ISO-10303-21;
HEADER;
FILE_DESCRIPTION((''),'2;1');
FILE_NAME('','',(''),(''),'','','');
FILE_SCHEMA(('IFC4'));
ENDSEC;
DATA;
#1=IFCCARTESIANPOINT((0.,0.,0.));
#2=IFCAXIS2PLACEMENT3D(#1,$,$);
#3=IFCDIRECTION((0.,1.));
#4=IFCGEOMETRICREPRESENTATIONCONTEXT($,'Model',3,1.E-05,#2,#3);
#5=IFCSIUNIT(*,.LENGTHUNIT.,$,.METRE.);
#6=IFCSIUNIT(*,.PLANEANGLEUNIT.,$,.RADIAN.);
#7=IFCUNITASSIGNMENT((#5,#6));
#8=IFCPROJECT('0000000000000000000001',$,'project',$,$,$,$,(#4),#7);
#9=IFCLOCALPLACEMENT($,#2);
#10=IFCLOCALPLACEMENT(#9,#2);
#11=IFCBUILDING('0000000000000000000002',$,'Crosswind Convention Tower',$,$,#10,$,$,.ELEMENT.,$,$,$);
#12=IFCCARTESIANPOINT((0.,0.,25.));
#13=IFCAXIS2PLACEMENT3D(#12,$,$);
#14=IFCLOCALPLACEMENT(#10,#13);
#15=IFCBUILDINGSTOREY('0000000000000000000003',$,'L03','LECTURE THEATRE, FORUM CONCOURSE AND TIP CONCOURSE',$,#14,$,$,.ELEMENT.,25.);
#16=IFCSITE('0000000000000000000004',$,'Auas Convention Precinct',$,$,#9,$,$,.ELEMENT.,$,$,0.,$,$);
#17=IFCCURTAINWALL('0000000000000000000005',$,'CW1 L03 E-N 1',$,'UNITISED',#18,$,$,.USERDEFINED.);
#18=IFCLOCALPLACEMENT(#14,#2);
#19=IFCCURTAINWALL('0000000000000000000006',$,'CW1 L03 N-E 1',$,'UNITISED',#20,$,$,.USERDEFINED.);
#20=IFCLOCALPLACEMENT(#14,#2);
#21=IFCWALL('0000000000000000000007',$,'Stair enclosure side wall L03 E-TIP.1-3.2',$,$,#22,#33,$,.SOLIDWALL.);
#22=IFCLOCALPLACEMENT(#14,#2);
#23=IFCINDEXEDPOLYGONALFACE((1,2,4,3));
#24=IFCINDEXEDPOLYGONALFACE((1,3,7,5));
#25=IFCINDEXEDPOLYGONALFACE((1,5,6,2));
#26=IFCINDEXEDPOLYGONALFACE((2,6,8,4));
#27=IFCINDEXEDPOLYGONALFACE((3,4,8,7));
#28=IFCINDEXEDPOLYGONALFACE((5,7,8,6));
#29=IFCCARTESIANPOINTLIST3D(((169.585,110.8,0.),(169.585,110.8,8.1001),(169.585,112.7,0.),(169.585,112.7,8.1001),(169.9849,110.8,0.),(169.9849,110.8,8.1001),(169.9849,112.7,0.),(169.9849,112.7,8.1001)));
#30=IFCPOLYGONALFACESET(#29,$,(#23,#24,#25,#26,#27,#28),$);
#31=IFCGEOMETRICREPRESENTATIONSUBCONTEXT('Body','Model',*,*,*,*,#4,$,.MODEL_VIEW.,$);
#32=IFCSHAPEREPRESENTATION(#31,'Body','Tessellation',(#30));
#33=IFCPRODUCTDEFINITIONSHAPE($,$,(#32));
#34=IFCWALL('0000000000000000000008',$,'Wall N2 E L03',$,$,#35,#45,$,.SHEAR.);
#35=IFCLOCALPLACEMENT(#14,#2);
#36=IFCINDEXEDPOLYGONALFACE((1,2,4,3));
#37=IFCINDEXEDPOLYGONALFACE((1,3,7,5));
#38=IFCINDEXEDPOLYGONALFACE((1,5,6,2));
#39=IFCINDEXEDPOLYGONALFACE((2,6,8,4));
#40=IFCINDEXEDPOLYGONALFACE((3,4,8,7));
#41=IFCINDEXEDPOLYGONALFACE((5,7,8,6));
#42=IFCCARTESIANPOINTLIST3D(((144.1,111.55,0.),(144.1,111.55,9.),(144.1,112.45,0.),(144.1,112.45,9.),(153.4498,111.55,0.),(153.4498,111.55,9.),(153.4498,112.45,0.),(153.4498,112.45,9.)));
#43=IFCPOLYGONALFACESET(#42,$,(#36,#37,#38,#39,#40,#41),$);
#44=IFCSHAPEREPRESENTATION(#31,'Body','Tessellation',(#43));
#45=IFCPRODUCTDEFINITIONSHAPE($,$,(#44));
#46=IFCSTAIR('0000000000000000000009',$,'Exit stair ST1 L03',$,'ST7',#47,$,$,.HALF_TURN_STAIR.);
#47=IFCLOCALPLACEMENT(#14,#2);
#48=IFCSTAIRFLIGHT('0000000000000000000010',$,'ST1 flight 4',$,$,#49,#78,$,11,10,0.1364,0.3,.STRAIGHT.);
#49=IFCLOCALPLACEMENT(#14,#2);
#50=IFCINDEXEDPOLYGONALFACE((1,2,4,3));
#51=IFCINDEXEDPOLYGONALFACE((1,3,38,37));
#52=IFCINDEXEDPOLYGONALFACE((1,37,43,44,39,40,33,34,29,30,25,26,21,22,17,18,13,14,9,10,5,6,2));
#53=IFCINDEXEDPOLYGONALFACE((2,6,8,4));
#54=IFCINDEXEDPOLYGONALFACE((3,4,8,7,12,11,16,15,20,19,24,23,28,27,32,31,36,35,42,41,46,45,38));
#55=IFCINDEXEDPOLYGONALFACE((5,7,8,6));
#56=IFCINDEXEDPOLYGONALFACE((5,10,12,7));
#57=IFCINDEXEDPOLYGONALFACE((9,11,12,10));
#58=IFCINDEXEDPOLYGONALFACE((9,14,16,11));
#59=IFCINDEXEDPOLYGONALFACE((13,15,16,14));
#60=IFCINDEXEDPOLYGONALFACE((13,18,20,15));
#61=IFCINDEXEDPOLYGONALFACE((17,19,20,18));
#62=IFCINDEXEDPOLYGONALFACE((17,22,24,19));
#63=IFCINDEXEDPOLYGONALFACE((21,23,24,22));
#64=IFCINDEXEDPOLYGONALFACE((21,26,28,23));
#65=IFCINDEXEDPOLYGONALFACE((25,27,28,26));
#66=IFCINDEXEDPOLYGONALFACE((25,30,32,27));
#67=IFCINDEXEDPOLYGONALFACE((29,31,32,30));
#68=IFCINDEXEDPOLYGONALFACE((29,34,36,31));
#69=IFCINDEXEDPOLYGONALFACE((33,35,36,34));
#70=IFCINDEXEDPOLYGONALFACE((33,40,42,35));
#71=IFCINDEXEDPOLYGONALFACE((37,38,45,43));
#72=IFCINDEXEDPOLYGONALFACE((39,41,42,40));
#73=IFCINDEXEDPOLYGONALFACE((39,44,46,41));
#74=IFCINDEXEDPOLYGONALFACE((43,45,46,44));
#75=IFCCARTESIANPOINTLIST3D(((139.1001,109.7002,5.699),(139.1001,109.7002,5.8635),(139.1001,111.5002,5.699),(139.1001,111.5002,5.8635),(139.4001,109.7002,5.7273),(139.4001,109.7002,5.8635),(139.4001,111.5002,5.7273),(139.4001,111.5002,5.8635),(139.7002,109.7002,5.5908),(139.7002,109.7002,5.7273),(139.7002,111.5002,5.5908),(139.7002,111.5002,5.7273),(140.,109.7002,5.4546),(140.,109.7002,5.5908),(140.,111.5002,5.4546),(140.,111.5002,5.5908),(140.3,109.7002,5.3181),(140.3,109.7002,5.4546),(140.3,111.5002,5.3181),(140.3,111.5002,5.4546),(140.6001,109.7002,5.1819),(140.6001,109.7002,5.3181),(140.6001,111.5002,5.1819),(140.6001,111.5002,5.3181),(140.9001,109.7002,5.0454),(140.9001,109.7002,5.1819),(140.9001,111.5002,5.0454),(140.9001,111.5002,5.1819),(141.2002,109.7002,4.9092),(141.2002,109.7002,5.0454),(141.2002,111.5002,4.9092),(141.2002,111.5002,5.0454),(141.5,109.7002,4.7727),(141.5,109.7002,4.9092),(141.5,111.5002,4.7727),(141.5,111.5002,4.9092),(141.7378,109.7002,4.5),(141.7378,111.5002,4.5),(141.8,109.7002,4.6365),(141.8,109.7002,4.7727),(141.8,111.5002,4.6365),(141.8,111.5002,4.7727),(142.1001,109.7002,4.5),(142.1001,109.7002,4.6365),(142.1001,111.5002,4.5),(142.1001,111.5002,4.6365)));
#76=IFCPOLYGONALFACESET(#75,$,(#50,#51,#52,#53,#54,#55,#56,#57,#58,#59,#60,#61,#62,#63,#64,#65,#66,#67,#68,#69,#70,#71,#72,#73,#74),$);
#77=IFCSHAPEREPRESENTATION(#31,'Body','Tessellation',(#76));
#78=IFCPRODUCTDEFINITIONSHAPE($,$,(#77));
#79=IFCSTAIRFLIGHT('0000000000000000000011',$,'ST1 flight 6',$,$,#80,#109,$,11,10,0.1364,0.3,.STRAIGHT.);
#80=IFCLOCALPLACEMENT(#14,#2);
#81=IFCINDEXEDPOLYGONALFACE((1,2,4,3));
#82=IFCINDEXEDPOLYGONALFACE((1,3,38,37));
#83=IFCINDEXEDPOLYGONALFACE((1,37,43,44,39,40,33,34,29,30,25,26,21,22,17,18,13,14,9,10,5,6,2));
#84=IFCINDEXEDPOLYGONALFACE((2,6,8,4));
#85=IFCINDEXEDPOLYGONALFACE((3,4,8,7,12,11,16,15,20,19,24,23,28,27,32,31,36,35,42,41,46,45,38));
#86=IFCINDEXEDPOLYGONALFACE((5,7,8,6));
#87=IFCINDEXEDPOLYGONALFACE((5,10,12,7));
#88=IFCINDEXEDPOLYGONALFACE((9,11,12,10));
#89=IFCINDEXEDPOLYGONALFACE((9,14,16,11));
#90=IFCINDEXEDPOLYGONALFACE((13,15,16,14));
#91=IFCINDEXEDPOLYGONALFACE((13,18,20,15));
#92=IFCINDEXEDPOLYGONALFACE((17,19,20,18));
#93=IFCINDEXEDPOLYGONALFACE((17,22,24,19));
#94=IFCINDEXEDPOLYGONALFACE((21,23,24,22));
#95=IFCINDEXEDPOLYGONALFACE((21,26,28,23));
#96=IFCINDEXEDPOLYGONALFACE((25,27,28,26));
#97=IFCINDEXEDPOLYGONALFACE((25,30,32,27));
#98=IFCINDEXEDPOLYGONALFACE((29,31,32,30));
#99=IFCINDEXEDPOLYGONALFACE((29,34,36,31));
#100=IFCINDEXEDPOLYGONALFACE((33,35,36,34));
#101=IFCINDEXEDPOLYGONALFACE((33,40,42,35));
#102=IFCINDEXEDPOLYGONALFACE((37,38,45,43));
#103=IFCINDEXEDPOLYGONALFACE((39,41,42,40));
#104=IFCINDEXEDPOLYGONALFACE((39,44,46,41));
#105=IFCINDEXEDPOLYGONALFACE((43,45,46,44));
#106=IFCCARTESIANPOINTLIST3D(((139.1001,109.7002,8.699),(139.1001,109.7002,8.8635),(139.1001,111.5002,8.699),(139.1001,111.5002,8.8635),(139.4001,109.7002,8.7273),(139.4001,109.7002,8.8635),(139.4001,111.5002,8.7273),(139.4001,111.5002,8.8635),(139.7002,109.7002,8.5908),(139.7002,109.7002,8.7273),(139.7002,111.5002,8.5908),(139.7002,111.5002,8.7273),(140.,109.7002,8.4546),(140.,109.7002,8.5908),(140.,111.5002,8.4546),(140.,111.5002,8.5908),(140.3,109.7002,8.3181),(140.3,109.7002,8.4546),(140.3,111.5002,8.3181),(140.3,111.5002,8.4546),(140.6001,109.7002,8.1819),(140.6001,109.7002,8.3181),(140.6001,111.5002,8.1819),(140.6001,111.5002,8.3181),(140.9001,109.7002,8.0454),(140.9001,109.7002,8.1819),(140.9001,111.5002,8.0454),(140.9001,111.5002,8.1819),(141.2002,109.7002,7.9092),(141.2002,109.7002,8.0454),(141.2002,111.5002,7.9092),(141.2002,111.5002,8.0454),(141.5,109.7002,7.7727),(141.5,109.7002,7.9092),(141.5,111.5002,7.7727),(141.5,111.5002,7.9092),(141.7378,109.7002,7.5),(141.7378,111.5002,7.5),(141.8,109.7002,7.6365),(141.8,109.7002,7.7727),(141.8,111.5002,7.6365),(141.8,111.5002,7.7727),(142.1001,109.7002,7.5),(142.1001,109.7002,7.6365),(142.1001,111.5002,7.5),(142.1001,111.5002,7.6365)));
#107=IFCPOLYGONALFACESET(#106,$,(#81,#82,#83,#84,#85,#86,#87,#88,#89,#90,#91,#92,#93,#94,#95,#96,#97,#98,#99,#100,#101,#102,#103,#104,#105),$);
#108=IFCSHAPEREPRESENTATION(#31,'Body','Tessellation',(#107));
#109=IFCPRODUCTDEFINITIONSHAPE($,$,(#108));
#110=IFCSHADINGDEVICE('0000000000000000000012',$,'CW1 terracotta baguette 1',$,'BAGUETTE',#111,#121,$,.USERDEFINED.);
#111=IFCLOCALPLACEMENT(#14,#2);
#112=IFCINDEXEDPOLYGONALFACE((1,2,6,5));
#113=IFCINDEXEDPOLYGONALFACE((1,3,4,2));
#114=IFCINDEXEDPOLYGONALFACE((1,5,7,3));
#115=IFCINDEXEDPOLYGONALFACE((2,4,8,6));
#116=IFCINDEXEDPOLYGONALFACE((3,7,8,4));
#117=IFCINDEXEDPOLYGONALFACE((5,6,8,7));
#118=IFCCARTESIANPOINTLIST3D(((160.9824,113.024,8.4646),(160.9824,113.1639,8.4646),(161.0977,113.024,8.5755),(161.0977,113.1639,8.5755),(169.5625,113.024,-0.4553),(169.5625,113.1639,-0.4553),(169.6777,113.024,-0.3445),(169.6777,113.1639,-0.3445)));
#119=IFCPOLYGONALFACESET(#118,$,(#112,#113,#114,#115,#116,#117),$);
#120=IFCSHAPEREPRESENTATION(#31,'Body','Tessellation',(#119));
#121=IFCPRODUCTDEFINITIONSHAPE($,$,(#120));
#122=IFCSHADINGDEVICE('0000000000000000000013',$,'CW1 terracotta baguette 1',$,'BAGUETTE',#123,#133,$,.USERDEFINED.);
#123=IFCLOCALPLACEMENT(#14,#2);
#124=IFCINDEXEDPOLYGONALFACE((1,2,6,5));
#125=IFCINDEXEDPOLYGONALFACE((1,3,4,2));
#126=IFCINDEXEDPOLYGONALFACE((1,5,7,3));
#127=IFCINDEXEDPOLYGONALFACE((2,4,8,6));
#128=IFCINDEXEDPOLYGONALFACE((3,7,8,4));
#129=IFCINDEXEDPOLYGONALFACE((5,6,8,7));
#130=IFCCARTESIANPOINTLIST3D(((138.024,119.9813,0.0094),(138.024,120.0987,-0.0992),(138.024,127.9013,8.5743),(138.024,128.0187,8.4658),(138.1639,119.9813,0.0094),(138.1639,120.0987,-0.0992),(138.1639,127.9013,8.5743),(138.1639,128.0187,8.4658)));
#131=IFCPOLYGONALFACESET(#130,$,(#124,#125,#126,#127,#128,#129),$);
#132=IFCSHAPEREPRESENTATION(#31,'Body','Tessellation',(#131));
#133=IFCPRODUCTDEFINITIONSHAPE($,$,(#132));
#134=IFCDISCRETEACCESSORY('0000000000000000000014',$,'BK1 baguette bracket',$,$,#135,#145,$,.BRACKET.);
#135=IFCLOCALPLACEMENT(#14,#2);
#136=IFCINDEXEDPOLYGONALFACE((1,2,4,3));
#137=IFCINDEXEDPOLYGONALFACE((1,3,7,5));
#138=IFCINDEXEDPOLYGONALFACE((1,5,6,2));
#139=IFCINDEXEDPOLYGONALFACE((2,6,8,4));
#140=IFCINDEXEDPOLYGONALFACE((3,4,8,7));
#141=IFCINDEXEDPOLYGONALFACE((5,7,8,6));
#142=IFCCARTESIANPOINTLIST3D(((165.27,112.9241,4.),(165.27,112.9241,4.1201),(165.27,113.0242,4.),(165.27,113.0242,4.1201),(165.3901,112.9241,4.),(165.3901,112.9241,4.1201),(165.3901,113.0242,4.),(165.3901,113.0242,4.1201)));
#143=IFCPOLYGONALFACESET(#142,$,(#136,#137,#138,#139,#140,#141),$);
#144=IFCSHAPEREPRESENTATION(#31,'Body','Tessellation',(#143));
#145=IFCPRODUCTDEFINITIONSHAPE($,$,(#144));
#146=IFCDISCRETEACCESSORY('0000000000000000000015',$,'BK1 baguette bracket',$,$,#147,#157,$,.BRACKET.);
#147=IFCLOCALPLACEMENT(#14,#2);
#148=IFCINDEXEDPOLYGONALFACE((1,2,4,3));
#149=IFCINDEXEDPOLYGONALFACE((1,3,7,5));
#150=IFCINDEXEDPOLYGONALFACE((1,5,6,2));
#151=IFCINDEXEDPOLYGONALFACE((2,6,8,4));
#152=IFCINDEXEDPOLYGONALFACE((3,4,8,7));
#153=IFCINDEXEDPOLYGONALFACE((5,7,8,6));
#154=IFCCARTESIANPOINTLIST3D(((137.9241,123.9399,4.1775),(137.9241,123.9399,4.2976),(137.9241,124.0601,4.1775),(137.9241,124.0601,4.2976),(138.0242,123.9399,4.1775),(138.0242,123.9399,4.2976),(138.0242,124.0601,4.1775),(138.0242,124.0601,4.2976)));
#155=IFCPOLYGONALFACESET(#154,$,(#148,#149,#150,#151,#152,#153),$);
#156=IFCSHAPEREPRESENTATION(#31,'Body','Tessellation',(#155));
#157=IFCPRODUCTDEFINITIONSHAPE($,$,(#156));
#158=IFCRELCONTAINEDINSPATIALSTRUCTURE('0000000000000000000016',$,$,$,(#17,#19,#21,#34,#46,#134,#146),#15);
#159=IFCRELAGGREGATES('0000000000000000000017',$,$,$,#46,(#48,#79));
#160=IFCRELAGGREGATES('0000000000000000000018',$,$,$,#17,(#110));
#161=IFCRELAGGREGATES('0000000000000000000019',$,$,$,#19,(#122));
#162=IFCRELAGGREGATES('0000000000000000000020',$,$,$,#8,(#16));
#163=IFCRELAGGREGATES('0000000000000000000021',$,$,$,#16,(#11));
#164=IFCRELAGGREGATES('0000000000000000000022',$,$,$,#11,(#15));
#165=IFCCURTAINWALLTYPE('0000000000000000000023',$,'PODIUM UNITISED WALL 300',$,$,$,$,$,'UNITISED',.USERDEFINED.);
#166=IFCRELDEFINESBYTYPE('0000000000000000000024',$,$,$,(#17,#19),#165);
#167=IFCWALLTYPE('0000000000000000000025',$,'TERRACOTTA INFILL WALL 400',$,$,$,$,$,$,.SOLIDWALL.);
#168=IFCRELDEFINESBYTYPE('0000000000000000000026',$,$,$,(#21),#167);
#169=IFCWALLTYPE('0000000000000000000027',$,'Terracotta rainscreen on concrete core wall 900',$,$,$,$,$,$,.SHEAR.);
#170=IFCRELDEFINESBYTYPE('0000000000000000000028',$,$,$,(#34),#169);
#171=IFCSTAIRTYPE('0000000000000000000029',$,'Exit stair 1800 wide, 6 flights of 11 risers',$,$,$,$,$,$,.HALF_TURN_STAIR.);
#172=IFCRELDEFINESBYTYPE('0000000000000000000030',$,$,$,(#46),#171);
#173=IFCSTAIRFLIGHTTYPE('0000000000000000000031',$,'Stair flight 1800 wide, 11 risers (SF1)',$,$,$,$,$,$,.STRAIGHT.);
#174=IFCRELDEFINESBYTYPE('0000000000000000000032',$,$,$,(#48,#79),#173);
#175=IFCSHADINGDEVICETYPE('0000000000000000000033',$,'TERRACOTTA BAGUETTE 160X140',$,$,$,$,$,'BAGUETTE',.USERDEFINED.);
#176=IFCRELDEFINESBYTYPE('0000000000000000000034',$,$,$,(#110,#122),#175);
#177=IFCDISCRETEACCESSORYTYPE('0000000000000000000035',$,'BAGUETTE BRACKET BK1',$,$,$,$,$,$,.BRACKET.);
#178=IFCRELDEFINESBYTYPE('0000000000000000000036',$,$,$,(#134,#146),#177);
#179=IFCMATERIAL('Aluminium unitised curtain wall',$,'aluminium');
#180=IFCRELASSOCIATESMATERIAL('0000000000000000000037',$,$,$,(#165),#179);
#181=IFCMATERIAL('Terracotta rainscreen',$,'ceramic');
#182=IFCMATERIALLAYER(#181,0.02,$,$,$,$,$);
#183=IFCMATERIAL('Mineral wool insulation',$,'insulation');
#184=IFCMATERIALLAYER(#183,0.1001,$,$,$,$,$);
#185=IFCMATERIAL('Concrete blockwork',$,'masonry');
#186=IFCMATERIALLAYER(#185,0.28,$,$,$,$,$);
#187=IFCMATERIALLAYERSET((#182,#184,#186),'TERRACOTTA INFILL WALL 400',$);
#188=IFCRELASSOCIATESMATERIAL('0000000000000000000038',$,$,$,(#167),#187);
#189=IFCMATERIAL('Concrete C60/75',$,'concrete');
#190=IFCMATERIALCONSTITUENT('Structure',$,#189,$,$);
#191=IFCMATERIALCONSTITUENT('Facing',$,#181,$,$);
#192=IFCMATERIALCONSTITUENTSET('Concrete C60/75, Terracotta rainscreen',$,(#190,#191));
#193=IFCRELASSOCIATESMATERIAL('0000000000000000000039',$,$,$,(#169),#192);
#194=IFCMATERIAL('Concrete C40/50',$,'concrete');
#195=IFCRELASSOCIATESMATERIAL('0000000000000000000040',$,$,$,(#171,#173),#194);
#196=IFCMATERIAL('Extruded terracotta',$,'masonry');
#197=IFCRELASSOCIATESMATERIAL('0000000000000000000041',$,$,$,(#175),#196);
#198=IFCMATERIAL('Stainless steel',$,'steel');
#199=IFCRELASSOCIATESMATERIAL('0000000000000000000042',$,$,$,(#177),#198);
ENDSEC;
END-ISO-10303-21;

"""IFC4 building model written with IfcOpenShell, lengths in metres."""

from ifc_helpers import new_model, si_unit, direction, frame, frame_2d, origin, origin_2d, place, context, subcontext, project, spatial, polyline, rectangle, outline, extrude, material, layer, layer_set, constituent, constituent_set, material_profile, profile_set, type_object, element, aggregate, save


model = new_model("IFC4")

# Units and contexts
model_context = context("Model", 3, precision=1e-05, world=origin(), true_north=direction((0.0, 1.0)))
body_context = subcontext(model_context, "Body", "Model", "MODEL_VIEW")
ifc_project = project(units=[si_unit("LENGTHUNIT", "METRE"), si_unit("PLANEANGLEUNIT", "RADIAN")], contexts=[model_context])

# Site, building, storey
site_placement = place(None, origin())
site = spatial("IfcSite", under=ifc_project, at=site_placement, Name="Auas Convention Precinct", CompositionType="ELEMENT", RefElevation=0.0)
building_placement = place(site_placement, origin())
building = spatial("IfcBuilding", under=site, at=building_placement, Name="Crosswind Convention Tower", CompositionType="ELEMENT")
storey_placement = place(building_placement, frame((0.0, 0.0, 25.0)))
storey = spatial("IfcBuildingStorey", under=building, at=storey_placement, Name="L03", Description="LECTURE THEATRE, FORUM CONCOURSE AND TIP CONCOURSE", CompositionType="ELEMENT", Elevation=25.0)

# Shared definitions
ifc_material_1 = material(Name="Concrete C60/75", Category="concrete")

# Curtain walls
ifc_material_2 = material(Name="Aluminium unitised curtain wall", Category="aluminium")
curtain_wall_type_1 = type_object("IfcCurtainWallType", Name="PODIUM UNITISED WALL 300", ElementType="UNITISED", PredefinedType="USERDEFINED", material=ifc_material_2)
curtain_wall_1_placement = place(storey_placement, origin())
curtain_wall_1 = element("IfcCurtainWall", 1, at=curtain_wall_1_placement, inside=storey, type_object=curtain_wall_type_1, Name="CW1 L03 E-N 1", ObjectType="UNITISED", PredefinedType="USERDEFINED")
curtain_wall_2_placement = place(storey_placement, origin())
curtain_wall_2 = element("IfcCurtainWall", 2, at=curtain_wall_2_placement, inside=storey, type_object=curtain_wall_type_1, Name="CW1 L03 N-E 1", ObjectType="UNITISED", PredefinedType="USERDEFINED")

# Walls
ifc_material_3 = material(Name="Concrete C40/50", Category="concrete")
ifc_material_4 = material(Name="Terracotta rainscreen", Category="ceramic")
ifc_material_5 = material(Name="Mineral wool insulation", Category="insulation")
ifc_material_6 = material(Name="Concrete blockwork", Category="masonry")
ifc_layer_1 = layer(ifc_material_4, 0.02)
ifc_layer_2 = layer(ifc_material_5, 0.1001)
ifc_layer_3 = layer(ifc_material_6, 0.28)
ifc_layer_set_1 = layer_set([ifc_layer_1, ifc_layer_2, ifc_layer_3], Name="TERRACOTTA INFILL WALL 400")
wall_type_1 = type_object("IfcWallType", Name="TERRACOTTA INFILL WALL 400", PredefinedType="SOLIDWALL", material=ifc_layer_set_1)
wall_1_placement = place(storey_placement, frame((169.7849, 110.8, 0.0), z_axis=(0.0, 0.0, 1.0), x_axis=(0.0, 1.0, 0.0)))
element("IfcWall", 3, at=wall_1_placement, inside=storey, type_object=wall_type_1, Name="Stair enclosure side wall L03 E-TIP.1-3.2", PredefinedType="SOLIDWALL", context=body_context, shape_type="SweptSolid", body=[
    extrude(rectangle(XDim=1.8999, YDim=0.3999, at=frame_2d((0.95, 0.0))), origin(), (0.0, 0.0, 1.0), 8.1001),
])
ifc_constituent_1 = constituent(ifc_material_1, Name="Structure")
ifc_constituent_2 = constituent(ifc_material_4, Name="Facing")
ifc_constituent_set = constituent_set(constituents=[ifc_constituent_1, ifc_constituent_2], Name="Concrete C60/75, Terracotta rainscreen")
wall_type_2 = type_object("IfcWallType", Name="Terracotta rainscreen on concrete core wall 900", PredefinedType="SHEAR", material=ifc_constituent_set)
wall_2_placement = place(storey_placement, frame((144.1001, 112.0, 0.0), z_axis=(0.0, 0.0, 1.0), x_axis=(1.0, 0.0, 0.0)))
element("IfcWall", 4, at=wall_2_placement, inside=storey, type_object=wall_type_2, Name="Wall N2 E L03", PredefinedType="SHEAR", context=body_context, shape_type="SweptSolid", body=[
    extrude(rectangle(XDim=9.3499, YDim=0.8999, at=frame_2d((4.6748, 0.0))), origin(), (0.0, 0.0, 1.0), 9.0),
])

# Stair, stair flights
stair_type = type_object("IfcStairType", Name="Exit stair 1800 wide, 6 flights of 11 risers", PredefinedType="HALF_TURN_STAIR", material=ifc_material_3)
stair_placement = place(storey_placement, origin())
stair = element("IfcStair", 5, at=stair_placement, inside=storey, type_object=stair_type, Name="Exit stair ST1 L03", ObjectType="ST7", PredefinedType="HALF_TURN_STAIR")
stair_flight_type = type_object("IfcStairFlightType", Name="Stair flight 1800 wide, 11 risers (SF1)", PredefinedType="STRAIGHT", material=ifc_material_3)
stair_flight_1_placement = place(storey_placement, frame((142.1001, 110.6001, 4.5), z_axis=(0.0, 0.0, 1.0), x_axis=(-1.0, 0.0, 0.0)))
stair_flight_1 = element("IfcStairFlight", 6, at=stair_flight_1_placement, type_object=stair_flight_type, Name="ST1 flight 4", NumberOfRisers=11, NumberOfTreads=10, PredefinedType="STRAIGHT", RiserHeight=0.1364, TreadLength=0.3, context=body_context, shape_type="SweptSolid", body=[
    extrude(outline(polyline([(0.0, 0.0), (0.0, 0.1365), (0.3, 0.1365), (0.3, 0.2727), (0.6001, 0.2727), (0.6001, 0.4092), (0.8999, 0.4092), (0.8999, 0.5454), (1.2, 0.5454), (1.2, 0.6819), (1.5, 0.6819), (1.5, 0.8181), (1.8, 0.8181), (1.8, 0.9546), (2.1001, 0.9546), (2.1001, 1.0908), (2.3999, 1.0908), (2.3999, 1.2273), (2.7, 1.2273), (2.7, 1.3635), (3.0, 1.3635), (3.0, 1.5), (3.0, 1.199), (0.3623, 0.0), (0.0, 0.0)])), frame((0.0, 0.8999, 0.0), z_axis=(0.0, -1.0, 0.0), x_axis=(1.0, 0.0, 0.0)), (0.0, 0.0, 1.0), 1.8),
])
stair_flight_2_placement = place(storey_placement, frame((142.1001, 110.6001, 7.5), z_axis=(0.0, 0.0, 1.0), x_axis=(-1.0, 0.0, 0.0)))
stair_flight_2 = element("IfcStairFlight", 7, at=stair_flight_2_placement, type_object=stair_flight_type, Name="ST1 flight 6", NumberOfRisers=11, NumberOfTreads=10, PredefinedType="STRAIGHT", RiserHeight=0.1364, TreadLength=0.3, context=body_context, shape_type="SweptSolid", body=[
    extrude(outline(polyline([(0.0, 0.0), (0.0, 0.1365), (0.3, 0.1365), (0.3, 0.2727), (0.6001, 0.2727), (0.6001, 0.4092), (0.8999, 0.4092), (0.8999, 0.5454), (1.2, 0.5454), (1.2, 0.6819), (1.5, 0.6819), (1.5, 0.8181), (1.8, 0.8181), (1.8, 0.9546), (2.1001, 0.9546), (2.1001, 1.0908), (2.3999, 1.0908), (2.3999, 1.2273), (2.7, 1.2273), (2.7, 1.3635), (3.0, 1.3635), (3.0, 1.5), (3.0, 1.199), (0.3623, 0.0), (0.0, 0.0)])), frame((0.0, 0.8999, 0.0), z_axis=(0.0, -1.0, 0.0), x_axis=(1.0, 0.0, 0.0)), (0.0, 0.0, 1.0), 1.8),
])
aggregate(stair, [stair_flight_1, stair_flight_2])

# Shading devices
ifc_material_7 = material(Name="Extruded terracotta", Category="masonry")
ifc_material_profile_1 = material_profile(ifc_material_7, rectangle(XDim=0.1399, YDim=0.1599, at=origin_2d()), Name="TC 140X160")
ifc_profile_set_1 = profile_set([ifc_material_profile_1], Name="Extruded terracotta")
shading_device_type = type_object("IfcShadingDeviceType", Name="TERRACOTTA BAGUETTE 160X140", ElementType="BAGUETTE", PredefinedType="USERDEFINED", material=ifc_profile_set_1)
shading_device_1_placement = place(storey_placement, frame((169.6201, 113.094, -0.3999), z_axis=(-0.693244, 0.0, 0.720703), x_axis=(0.0, -1.0, 0.0)))
shading_device_1 = element("IfcShadingDevice", 8, at=shading_device_1_placement, type_object=shading_device_type, Name="CW1 terracotta baguette 1", ObjectType="BAGUETTE", PredefinedType="USERDEFINED", context=body_context, shape_type="SweptSolid", body=[
    extrude(rectangle(XDim=0.1399, YDim=0.1599, at=origin_2d()), origin(), (0.0, 0.0, 1.0), 12.3767),
])
aggregate(curtain_wall_1, [shading_device_1])
shading_device_2_placement = place(storey_placement, frame((138.094, 120.04, -0.0449), z_axis=(0.0, 0.67892, 0.734213), x_axis=(-1.0, 0.0, 0.0)))
shading_device_2 = element("IfcShadingDevice", 9, at=shading_device_2_placement, type_object=shading_device_type, Name="CW1 terracotta baguette 1", ObjectType="BAGUETTE", PredefinedType="USERDEFINED", context=body_context, shape_type="SweptSolid", body=[
    extrude(rectangle(XDim=0.1399, YDim=0.1599, at=origin_2d()), origin(), (0.0, 0.0, 1.0), 11.6655),
])
aggregate(curtain_wall_2, [shading_device_2])

# Discrete accessories
ifc_material_8 = material(Name="Stainless steel", Category="steel")
discrete_accessory_type = type_object("IfcDiscreteAccessoryType", Name="BAGUETTE BRACKET BK1", PredefinedType="BRACKET", material=ifc_material_8)
for number, where, z_axis, x_axis, name in (
    (10, (165.3301, 112.9741, 4.0), (0.0, 0.0, 1.0), (-1.0, 0.0, 0.0), "BK1 baguette bracket"),
    (11, (137.9741, 124.0, 4.1775), (0.0, 0.0, 1.0), (0.0, 1.0, 0.0), "BK1 baguette bracket"),
):
    element("IfcDiscreteAccessory", number, at=place(storey_placement, frame(where, z_axis=z_axis, x_axis=x_axis)), inside=storey, type_object=discrete_accessory_type, Name=name, PredefinedType="BRACKET", context=body_context, shape_type="SweptSolid", body=[
        extrude(rectangle(XDim=0.1201, YDim=0.1001, at=origin_2d()), origin(), (0.0, 0.0, 1.0), 0.1201),
    ])

save(model, "model.ifc")
